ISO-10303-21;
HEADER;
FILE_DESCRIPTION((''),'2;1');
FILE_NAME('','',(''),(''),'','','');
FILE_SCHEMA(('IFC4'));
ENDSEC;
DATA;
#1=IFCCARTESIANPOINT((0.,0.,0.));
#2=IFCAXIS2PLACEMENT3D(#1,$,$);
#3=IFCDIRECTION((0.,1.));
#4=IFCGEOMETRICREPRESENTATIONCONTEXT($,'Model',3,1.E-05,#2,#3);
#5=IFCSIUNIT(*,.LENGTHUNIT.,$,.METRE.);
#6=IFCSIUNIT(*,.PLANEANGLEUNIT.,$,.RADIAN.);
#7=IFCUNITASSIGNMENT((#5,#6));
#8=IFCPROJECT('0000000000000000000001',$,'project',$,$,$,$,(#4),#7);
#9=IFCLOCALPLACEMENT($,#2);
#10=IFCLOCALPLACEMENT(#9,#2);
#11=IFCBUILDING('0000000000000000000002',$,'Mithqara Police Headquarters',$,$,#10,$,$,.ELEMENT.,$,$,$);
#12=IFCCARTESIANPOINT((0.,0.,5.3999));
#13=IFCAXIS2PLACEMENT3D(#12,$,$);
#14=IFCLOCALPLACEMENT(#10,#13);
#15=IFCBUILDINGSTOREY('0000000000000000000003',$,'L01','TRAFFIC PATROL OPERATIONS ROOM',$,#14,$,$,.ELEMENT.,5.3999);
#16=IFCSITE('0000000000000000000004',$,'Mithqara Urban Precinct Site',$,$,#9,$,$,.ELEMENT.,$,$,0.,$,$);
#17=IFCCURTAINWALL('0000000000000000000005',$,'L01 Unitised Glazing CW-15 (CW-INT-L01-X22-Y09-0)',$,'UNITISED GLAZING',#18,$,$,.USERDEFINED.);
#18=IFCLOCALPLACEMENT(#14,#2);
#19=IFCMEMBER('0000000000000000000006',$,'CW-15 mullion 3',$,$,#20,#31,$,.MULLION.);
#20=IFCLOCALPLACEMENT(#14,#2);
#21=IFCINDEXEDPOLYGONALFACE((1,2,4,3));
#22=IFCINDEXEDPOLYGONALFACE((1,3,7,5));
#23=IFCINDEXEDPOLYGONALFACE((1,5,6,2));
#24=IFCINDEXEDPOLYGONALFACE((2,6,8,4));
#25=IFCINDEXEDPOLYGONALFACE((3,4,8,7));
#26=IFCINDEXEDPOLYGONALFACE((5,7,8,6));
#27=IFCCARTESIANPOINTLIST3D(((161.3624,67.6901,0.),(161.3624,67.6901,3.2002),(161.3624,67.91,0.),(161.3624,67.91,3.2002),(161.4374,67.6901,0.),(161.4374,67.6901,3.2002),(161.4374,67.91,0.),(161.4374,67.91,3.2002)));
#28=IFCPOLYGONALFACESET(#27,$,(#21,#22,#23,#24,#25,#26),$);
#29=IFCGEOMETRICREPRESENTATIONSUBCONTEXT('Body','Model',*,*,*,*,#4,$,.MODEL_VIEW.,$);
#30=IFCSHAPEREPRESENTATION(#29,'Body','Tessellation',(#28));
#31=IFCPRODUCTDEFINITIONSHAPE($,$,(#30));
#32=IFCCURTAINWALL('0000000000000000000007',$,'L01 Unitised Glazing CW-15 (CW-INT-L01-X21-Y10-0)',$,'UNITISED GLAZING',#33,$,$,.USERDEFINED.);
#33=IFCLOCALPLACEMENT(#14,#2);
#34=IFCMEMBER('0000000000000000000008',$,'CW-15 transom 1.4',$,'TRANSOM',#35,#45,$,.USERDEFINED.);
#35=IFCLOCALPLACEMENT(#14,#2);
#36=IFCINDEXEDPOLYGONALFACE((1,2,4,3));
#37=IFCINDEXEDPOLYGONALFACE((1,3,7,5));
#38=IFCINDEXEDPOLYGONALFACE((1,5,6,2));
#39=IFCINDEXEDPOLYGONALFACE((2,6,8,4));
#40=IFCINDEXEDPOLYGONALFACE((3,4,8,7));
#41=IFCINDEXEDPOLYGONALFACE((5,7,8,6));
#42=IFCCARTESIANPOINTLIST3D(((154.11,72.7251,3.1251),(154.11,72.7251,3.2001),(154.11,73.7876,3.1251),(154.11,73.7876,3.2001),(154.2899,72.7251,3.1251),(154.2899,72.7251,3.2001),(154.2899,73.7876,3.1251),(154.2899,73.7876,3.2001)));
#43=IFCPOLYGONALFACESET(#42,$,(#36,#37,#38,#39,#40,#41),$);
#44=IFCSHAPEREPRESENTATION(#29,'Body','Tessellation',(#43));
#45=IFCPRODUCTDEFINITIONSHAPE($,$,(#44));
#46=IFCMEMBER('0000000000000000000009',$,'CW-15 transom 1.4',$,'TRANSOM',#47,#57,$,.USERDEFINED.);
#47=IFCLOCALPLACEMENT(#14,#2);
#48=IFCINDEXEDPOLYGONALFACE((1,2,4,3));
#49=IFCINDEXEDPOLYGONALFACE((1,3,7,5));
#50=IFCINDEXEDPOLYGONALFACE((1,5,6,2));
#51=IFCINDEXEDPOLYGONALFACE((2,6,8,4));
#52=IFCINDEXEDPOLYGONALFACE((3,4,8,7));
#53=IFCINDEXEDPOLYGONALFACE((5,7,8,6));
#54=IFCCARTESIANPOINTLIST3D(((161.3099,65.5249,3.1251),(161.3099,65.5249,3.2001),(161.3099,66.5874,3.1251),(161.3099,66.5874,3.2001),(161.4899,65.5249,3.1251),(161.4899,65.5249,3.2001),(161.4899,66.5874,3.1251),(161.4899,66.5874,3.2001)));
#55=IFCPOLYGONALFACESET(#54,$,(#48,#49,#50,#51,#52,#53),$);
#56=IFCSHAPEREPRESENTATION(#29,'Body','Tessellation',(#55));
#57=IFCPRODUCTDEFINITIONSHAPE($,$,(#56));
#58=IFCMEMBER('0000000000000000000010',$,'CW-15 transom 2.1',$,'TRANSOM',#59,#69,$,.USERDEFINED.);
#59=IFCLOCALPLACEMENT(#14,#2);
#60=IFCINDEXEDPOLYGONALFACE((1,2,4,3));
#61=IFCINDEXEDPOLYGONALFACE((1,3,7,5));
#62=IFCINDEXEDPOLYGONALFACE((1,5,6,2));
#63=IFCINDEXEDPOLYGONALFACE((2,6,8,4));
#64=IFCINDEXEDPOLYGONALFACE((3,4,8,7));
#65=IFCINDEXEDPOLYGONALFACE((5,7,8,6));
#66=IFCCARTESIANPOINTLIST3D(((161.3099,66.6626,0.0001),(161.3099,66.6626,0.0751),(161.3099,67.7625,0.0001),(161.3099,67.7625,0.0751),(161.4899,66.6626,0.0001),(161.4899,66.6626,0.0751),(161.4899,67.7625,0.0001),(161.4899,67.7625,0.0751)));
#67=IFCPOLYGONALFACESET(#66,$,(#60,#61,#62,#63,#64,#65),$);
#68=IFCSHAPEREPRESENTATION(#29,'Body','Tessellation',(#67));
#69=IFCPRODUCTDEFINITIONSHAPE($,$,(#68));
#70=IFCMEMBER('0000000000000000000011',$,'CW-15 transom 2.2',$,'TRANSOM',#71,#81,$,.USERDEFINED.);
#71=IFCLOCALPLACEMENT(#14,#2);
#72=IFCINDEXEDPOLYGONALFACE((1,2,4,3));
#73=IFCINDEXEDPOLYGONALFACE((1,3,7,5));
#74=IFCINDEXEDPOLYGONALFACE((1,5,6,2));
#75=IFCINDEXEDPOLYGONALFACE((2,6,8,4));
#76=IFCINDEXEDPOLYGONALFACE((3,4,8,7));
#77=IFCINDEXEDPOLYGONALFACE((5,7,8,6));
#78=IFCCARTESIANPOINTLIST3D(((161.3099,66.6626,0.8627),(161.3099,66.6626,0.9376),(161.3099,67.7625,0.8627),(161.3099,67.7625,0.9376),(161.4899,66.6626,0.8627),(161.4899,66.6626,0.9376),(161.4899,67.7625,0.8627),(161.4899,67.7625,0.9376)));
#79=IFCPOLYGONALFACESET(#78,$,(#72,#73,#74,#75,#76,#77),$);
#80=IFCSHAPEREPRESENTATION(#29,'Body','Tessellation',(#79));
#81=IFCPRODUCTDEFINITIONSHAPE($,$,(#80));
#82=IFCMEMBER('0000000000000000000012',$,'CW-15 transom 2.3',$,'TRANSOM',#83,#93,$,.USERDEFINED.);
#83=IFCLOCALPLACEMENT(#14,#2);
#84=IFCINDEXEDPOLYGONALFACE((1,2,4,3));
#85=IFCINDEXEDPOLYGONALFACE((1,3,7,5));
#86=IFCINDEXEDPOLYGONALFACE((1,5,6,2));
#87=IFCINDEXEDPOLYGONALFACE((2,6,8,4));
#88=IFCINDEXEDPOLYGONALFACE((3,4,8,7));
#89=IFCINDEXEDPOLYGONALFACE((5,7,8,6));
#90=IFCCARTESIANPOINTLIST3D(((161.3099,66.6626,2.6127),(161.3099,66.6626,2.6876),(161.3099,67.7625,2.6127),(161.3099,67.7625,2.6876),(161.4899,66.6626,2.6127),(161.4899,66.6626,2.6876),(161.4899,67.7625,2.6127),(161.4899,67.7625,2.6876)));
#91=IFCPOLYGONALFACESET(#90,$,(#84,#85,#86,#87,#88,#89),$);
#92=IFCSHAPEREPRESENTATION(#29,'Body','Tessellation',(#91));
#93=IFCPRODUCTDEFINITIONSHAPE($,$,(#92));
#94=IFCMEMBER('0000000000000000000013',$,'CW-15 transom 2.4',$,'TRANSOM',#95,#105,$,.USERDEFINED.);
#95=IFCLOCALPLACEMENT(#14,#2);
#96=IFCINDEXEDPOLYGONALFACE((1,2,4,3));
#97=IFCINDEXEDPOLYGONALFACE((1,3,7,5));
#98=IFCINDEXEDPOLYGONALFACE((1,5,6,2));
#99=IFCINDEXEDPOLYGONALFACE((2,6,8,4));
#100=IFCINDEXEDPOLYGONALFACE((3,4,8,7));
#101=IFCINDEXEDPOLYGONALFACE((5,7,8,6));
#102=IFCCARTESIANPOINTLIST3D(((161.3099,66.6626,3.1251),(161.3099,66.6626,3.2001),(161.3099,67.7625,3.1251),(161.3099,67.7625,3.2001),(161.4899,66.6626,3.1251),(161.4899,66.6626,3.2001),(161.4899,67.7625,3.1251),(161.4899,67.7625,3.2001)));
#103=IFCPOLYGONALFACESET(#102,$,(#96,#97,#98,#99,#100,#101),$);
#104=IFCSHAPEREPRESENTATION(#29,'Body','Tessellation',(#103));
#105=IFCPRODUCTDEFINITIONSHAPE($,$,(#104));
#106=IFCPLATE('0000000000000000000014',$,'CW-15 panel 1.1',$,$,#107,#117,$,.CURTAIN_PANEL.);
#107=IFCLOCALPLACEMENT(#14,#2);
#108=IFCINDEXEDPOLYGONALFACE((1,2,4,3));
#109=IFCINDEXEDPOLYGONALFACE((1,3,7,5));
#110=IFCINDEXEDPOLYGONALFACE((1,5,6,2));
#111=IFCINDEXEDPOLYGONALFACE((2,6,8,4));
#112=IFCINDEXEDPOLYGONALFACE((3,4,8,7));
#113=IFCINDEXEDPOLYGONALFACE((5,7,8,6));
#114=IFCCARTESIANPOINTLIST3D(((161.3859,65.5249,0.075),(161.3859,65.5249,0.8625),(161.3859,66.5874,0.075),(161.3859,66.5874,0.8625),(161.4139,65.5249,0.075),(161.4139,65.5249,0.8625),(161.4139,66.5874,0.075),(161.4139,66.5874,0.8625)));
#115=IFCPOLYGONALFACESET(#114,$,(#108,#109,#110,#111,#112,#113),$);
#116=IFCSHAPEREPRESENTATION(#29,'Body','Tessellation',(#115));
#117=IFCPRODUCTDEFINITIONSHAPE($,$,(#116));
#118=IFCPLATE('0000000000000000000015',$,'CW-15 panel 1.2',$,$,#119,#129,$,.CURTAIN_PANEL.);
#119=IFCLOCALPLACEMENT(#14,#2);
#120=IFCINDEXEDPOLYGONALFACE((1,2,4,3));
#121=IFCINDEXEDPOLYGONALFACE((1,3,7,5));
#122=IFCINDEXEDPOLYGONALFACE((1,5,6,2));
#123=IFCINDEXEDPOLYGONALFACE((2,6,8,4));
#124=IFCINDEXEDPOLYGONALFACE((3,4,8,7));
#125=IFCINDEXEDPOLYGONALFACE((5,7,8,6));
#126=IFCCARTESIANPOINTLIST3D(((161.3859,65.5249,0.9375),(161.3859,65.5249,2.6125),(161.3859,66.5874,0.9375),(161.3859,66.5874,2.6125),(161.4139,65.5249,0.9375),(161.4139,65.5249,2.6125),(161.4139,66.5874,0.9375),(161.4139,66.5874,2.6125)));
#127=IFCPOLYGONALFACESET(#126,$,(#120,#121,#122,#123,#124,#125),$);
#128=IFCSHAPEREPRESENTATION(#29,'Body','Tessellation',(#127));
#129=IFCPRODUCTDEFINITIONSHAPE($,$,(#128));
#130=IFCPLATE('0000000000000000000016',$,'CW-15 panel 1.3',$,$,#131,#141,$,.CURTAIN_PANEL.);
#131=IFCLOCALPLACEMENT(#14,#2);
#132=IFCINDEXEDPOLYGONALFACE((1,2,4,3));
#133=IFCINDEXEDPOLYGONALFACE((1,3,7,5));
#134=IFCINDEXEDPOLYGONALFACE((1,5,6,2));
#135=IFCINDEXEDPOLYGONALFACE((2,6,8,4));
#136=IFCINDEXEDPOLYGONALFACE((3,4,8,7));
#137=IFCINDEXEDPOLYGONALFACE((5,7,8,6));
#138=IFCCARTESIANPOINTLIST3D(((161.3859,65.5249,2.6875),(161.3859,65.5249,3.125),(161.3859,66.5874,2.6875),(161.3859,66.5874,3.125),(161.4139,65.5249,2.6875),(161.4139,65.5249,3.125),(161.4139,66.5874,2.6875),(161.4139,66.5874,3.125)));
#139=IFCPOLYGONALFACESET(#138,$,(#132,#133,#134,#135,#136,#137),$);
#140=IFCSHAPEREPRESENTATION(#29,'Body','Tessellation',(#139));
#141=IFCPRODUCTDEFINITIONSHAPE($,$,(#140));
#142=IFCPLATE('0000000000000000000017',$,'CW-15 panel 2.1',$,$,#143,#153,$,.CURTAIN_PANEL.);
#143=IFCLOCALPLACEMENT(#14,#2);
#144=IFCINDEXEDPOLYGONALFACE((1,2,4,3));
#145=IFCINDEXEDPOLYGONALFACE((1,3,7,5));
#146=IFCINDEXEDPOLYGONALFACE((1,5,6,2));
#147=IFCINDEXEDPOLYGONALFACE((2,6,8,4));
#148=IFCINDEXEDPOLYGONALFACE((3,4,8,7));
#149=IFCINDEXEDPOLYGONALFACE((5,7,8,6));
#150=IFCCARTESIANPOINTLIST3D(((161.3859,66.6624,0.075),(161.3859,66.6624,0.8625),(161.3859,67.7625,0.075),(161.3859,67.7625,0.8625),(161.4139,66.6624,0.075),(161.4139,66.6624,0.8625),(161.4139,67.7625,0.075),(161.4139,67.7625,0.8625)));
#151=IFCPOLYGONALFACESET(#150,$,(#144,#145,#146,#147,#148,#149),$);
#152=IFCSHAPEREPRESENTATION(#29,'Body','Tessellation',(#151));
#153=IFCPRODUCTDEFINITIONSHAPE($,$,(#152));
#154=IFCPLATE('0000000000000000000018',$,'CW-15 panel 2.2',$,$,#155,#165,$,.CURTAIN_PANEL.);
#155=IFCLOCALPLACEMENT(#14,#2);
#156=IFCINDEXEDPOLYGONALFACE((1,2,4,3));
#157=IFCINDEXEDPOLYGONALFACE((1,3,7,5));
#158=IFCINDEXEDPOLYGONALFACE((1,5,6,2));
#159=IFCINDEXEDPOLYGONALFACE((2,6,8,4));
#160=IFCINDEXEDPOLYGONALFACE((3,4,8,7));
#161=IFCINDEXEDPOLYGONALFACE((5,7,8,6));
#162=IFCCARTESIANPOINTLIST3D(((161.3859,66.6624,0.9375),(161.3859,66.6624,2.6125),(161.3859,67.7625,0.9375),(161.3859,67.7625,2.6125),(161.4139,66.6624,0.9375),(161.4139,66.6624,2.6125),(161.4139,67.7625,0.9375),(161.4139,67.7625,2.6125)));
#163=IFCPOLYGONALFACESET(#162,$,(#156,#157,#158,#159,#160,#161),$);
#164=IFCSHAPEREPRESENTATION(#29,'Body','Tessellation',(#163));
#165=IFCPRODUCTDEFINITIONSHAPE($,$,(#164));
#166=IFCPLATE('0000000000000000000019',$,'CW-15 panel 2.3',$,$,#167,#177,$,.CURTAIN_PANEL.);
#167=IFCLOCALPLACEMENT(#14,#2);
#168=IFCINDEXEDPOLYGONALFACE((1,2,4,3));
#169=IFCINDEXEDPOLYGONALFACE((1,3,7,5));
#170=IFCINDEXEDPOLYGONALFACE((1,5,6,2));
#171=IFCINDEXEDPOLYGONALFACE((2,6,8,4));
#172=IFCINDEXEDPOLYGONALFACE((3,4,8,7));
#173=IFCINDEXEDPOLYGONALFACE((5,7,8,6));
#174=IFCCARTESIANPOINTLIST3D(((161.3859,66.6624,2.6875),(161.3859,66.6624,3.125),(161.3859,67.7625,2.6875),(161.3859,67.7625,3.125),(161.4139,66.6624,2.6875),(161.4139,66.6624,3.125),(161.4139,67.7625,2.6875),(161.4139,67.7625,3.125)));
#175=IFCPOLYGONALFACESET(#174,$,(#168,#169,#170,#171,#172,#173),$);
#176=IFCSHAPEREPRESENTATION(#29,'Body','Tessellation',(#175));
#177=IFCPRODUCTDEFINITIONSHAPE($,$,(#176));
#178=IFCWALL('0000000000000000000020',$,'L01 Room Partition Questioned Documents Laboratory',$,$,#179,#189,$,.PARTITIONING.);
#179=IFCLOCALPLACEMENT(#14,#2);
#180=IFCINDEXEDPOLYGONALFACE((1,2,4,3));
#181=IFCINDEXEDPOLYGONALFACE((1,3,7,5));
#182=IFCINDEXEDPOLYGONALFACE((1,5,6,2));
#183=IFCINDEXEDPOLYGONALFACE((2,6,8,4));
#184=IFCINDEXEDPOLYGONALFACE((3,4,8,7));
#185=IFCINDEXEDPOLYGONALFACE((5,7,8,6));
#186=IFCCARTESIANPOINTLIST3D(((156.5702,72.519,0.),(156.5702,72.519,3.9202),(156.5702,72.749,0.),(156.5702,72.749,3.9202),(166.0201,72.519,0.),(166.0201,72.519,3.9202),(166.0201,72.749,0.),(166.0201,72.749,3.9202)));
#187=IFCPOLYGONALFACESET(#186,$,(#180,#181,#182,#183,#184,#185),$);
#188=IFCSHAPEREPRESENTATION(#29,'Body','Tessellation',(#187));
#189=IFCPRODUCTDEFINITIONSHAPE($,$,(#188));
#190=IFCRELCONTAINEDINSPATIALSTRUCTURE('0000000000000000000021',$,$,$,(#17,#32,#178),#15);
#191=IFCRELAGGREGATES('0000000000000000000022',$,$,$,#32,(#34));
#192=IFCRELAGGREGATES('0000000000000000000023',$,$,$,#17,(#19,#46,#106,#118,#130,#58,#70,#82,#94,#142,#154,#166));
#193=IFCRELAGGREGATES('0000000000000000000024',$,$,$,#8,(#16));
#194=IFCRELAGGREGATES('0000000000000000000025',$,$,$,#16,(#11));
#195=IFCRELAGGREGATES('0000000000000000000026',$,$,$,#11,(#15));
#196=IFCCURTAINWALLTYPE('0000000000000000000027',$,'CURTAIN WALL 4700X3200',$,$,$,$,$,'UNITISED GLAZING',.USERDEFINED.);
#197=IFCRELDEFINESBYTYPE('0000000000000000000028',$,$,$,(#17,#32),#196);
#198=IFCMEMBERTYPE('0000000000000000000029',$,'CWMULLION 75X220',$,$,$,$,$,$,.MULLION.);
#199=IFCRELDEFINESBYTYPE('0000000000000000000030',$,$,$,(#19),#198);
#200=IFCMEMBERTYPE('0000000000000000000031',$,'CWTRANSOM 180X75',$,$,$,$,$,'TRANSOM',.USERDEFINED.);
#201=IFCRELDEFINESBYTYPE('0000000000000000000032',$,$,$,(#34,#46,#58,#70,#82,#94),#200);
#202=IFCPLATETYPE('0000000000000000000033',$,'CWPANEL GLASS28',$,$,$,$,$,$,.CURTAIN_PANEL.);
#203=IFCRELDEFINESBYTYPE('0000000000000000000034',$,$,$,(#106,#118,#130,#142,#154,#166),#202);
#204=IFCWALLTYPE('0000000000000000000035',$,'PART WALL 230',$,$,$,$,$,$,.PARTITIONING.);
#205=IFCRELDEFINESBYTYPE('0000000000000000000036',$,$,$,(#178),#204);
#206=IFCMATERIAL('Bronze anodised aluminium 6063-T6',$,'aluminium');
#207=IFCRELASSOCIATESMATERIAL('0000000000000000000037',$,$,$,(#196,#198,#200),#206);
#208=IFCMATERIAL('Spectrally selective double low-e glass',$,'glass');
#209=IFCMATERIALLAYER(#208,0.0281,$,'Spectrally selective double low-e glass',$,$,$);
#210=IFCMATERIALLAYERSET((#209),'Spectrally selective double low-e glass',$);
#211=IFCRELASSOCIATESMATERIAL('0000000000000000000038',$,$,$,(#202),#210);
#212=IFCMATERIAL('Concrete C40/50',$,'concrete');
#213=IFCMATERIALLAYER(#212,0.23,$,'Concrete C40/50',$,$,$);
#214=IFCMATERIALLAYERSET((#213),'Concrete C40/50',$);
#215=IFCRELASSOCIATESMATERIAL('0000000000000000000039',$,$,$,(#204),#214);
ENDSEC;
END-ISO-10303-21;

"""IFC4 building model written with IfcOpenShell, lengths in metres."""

from ifc_helpers import new_model, si_unit, direction, frame, frame_2d, origin, origin_2d, place, context, subcontext, project, spatial, rectangle, extrude, material, layer, layer_set, material_profile, profile_set, type_object, element, aggregate, save


model = new_model("IFC4")

# Units and contexts
model_context = context("Model", 3, precision=1e-05, world=origin(), true_north=direction((0.0, 1.0)))
body_context = subcontext(model_context, "Body", "Model", "MODEL_VIEW")
ifc_project = project(units=[si_unit("LENGTHUNIT", "METRE"), si_unit("PLANEANGLEUNIT", "RADIAN")], contexts=[model_context])

# Site, building, storey
site_placement = place(None, origin())
site = spatial("IfcSite", under=ifc_project, at=site_placement, Name="Mithqara Urban Precinct Site", CompositionType="ELEMENT", RefElevation=0.0)
building_placement = place(site_placement, origin())
building = spatial("IfcBuilding", under=site, at=building_placement, Name="Mithqara Police Headquarters", CompositionType="ELEMENT")
storey_placement = place(building_placement, frame((0.0, 0.0, 5.3999)))
storey = spatial("IfcBuildingStorey", under=building, at=storey_placement, Name="L01", Description="TRAFFIC PATROL OPERATIONS ROOM", CompositionType="ELEMENT", Elevation=5.3999)

# Shared definitions
ifc_material_1 = material(Name="Concrete C40/50", Category="concrete")

# Curtain wall, member
ifc_material_2 = material(Name="Bronze anodised aluminium 6063-T6", Category="aluminium")
curtain_wall_type = type_object("IfcCurtainWallType", Name="CURTAIN WALL 4700X3200", ElementType="UNITISED GLAZING", PredefinedType="USERDEFINED", material=ifc_material_2)
curtain_wall_1_placement = place(storey_placement, origin())
curtain_wall_1 = element("IfcCurtainWall", 1, at=curtain_wall_1_placement, inside=storey, type_object=curtain_wall_type, Name="L01 Unitised Glazing CW-15 (CW-INT-L01-X22-Y09-0)", ObjectType="UNITISED GLAZING", PredefinedType="USERDEFINED")
ifc_material_profile_1 = material_profile(ifc_material_2, rectangle(XDim=0.075, YDim=0.22, at=origin_2d()), Name="CWM 75x220")
ifc_profile_set_1 = profile_set([ifc_material_profile_1], Name="Bronze anodised aluminium 6063-T6")
member_type_1 = type_object("IfcMemberType", Name="CWMULLION 75X220", PredefinedType="MULLION", material=ifc_profile_set_1)
member_1_placement = place(storey_placement, frame((161.3999, 67.8, 0.0), z_axis=(0.0, 0.0, 1.0), x_axis=(-1.0, 0.0, 0.0)))
member_1 = element("IfcMember", 2, at=member_1_placement, type_object=member_type_1, Name="CW-15 mullion 3", PredefinedType="MULLION", context=body_context, shape_type="SweptSolid", body=[
    extrude(rectangle(XDim=0.075, YDim=0.22, at=origin_2d()), origin(), (0.0, 0.0, 1.0), 3.2002),
])

# Curtain wall, member
curtain_wall_2_placement = place(storey_placement, origin())
curtain_wall_2 = element("IfcCurtainWall", 3, at=curtain_wall_2_placement, inside=storey, type_object=curtain_wall_type, Name="L01 Unitised Glazing CW-15 (CW-INT-L01-X21-Y10-0)", ObjectType="UNITISED GLAZING", PredefinedType="USERDEFINED")
ifc_material_profile_2 = material_profile(ifc_material_2, rectangle(XDim=0.1799, YDim=0.075, at=origin_2d()), Name="CWT 180x75")
ifc_profile_set_2 = profile_set([ifc_material_profile_2], Name="Bronze anodised aluminium 6063-T6")
member_type_2 = type_object("IfcMemberType", Name="CWTRANSOM 180X75", ElementType="TRANSOM", PredefinedType="USERDEFINED", material=ifc_profile_set_2)
member_2_placement = place(storey_placement, frame((154.2, 72.7251, 3.1626), z_axis=(0.0, 1.0, 0.0), x_axis=(-1.0, 0.0, 0.0)))
member_2 = element("IfcMember", 4, at=member_2_placement, type_object=member_type_2, Name="CW-15 transom 1.4", ObjectType="TRANSOM", PredefinedType="USERDEFINED", context=body_context, shape_type="SweptSolid", body=[
    extrude(rectangle(XDim=0.1799, YDim=0.075, at=origin_2d()), origin(), (0.0, 0.0, 1.0), 1.0625),
])
aggregate(curtain_wall_2, [member_2])

# Members
member_3_placement = place(storey_placement, frame((161.3999, 65.5249, 3.1626), z_axis=(0.0, 1.0, 0.0), x_axis=(-1.0, 0.0, 0.0)))
member_3 = element("IfcMember", 5, at=member_3_placement, type_object=member_type_2, Name="CW-15 transom 1.4", ObjectType="TRANSOM", PredefinedType="USERDEFINED", context=body_context, shape_type="SweptSolid", body=[
    extrude(rectangle(XDim=0.1799, YDim=0.075, at=origin_2d()), origin(), (0.0, 0.0, 1.0), 1.0625),
])
member_4_placement = place(storey_placement, frame((161.3999, 66.6626, 0.0376), z_axis=(0.0, 1.0, 0.0), x_axis=(-1.0, 0.0, 0.0)))
member_4 = element("IfcMember", 6, at=member_4_placement, type_object=member_type_2, Name="CW-15 transom 2.1", ObjectType="TRANSOM", PredefinedType="USERDEFINED", context=body_context, shape_type="SweptSolid", body=[
    extrude(rectangle(XDim=0.1799, YDim=0.075, at=origin_2d()), origin(), (0.0, 0.0, 1.0), 1.0999),
])
member_5_placement = place(storey_placement, frame((161.3999, 66.6626, 0.9001), z_axis=(0.0, 1.0, 0.0), x_axis=(-1.0, 0.0, 0.0)))
member_5 = element("IfcMember", 7, at=member_5_placement, type_object=member_type_2, Name="CW-15 transom 2.2", ObjectType="TRANSOM", PredefinedType="USERDEFINED", context=body_context, shape_type="SweptSolid", body=[
    extrude(rectangle(XDim=0.1799, YDim=0.075, at=origin_2d()), origin(), (0.0, 0.0, 1.0), 1.0999),
])
member_6_placement = place(storey_placement, frame((161.3999, 66.6626, 2.6501), z_axis=(0.0, 1.0, 0.0), x_axis=(-1.0, 0.0, 0.0)))
member_6 = element("IfcMember", 8, at=member_6_placement, type_object=member_type_2, Name="CW-15 transom 2.3", ObjectType="TRANSOM", PredefinedType="USERDEFINED", context=body_context, shape_type="SweptSolid", body=[
    extrude(rectangle(XDim=0.1799, YDim=0.075, at=origin_2d()), origin(), (0.0, 0.0, 1.0), 1.0999),
])
member_7_placement = place(storey_placement, frame((161.3999, 66.6626, 3.1626), z_axis=(0.0, 1.0, 0.0), x_axis=(-1.0, 0.0, 0.0)))
member_7 = element("IfcMember", 9, at=member_7_placement, type_object=member_type_2, Name="CW-15 transom 2.4", ObjectType="TRANSOM", PredefinedType="USERDEFINED", context=body_context, shape_type="SweptSolid", body=[
    extrude(rectangle(XDim=0.1799, YDim=0.075, at=origin_2d()), origin(), (0.0, 0.0, 1.0), 1.0999),
])

# Plates
ifc_material_3 = material(Name="Spectrally selective double low-e glass", Category="glass")
ifc_layer_1 = layer(ifc_material_3, 0.0281, Name="Spectrally selective double low-e glass")
ifc_layer_set_1 = layer_set([ifc_layer_1], Name="Spectrally selective double low-e glass")
plate_type = type_object("IfcPlateType", Name="CWPANEL GLASS28", PredefinedType="CURTAIN_PANEL", material=ifc_layer_set_1)
plate_1_placement = place(storey_placement, frame((161.3999, 66.0562, 0.075), z_axis=(0.0, 0.0, 1.0), x_axis=(0.0, 1.0, 0.0)))
plate_1 = element("IfcPlate", 10, at=plate_1_placement, type_object=plate_type, Name="CW-15 panel 1.1", PredefinedType="CURTAIN_PANEL", context=body_context, shape_type="SweptSolid", body=[
    extrude(rectangle(XDim=1.0625, YDim=0.0281, at=origin_2d()), origin(), (0.0, 0.0, 1.0), 0.7876),
])
plate_2_placement = place(storey_placement, frame((161.3999, 66.0562, 0.9375), z_axis=(0.0, 0.0, 1.0), x_axis=(0.0, 1.0, 0.0)))
plate_2 = element("IfcPlate", 11, at=plate_2_placement, type_object=plate_type, Name="CW-15 panel 1.2", PredefinedType="CURTAIN_PANEL", context=body_context, shape_type="SweptSolid", body=[
    extrude(rectangle(XDim=1.0625, YDim=0.0281, at=origin_2d()), origin(), (0.0, 0.0, 1.0), 1.675),
])
plate_3_placement = place(storey_placement, frame((161.3999, 66.0562, 2.6875), z_axis=(0.0, 0.0, 1.0), x_axis=(0.0, 1.0, 0.0)))
plate_3 = element("IfcPlate", 12, at=plate_3_placement, type_object=plate_type, Name="CW-15 panel 1.3", PredefinedType="CURTAIN_PANEL", context=body_context, shape_type="SweptSolid", body=[
    extrude(rectangle(XDim=1.0625, YDim=0.0281, at=origin_2d()), origin(), (0.0, 0.0, 1.0), 0.4375),
])
plate_4_placement = place(storey_placement, frame((161.3999, 67.2124, 0.075), z_axis=(0.0, 0.0, 1.0), x_axis=(0.0, 1.0, 0.0)))
plate_4 = element("IfcPlate", 13, at=plate_4_placement, type_object=plate_type, Name="CW-15 panel 2.1", PredefinedType="CURTAIN_PANEL", context=body_context, shape_type="SweptSolid", body=[
    extrude(rectangle(XDim=1.1001, YDim=0.0281, at=origin_2d()), origin(), (0.0, 0.0, 1.0), 0.7876),
])
plate_5_placement = place(storey_placement, frame((161.3999, 67.2124, 0.9375), z_axis=(0.0, 0.0, 1.0), x_axis=(0.0, 1.0, 0.0)))
plate_5 = element("IfcPlate", 14, at=plate_5_placement, type_object=plate_type, Name="CW-15 panel 2.2", PredefinedType="CURTAIN_PANEL", context=body_context, shape_type="SweptSolid", body=[
    extrude(rectangle(XDim=1.1001, YDim=0.0281, at=origin_2d()), origin(), (0.0, 0.0, 1.0), 1.675),
])
plate_6_placement = place(storey_placement, frame((161.3999, 67.2124, 2.6875), z_axis=(0.0, 0.0, 1.0), x_axis=(0.0, 1.0, 0.0)))
plate_6 = element("IfcPlate", 15, at=plate_6_placement, type_object=plate_type, Name="CW-15 panel 2.3", PredefinedType="CURTAIN_PANEL", context=body_context, shape_type="SweptSolid", body=[
    extrude(rectangle(XDim=1.1001, YDim=0.0281, at=origin_2d()), origin(), (0.0, 0.0, 1.0), 0.4375),
])
aggregate(curtain_wall_1, [member_1, member_3, plate_1, plate_2, plate_3, member_4, member_5, member_6, member_7, plate_4, plate_5, plate_6])

# Wall
ifc_layer_2 = layer(ifc_material_1, 0.23, Name="Concrete C40/50")
ifc_layer_set_2 = layer_set([ifc_layer_2], Name="Concrete C40/50")
wall_type = type_object("IfcWallType", Name="PART WALL 230", PredefinedType="PARTITIONING", material=ifc_layer_set_2)
wall_1_placement = place(storey_placement, frame((156.5701, 72.634, 0.0), z_axis=(0.0, 0.0, 1.0), x_axis=(1.0, 0.0, 0.0)))
element("IfcWall", 16, at=wall_1_placement, inside=storey, type_object=wall_type, Name="L01 Room Partition Questioned Documents Laboratory", PredefinedType="PARTITIONING", context=body_context, shape_type="SweptSolid", body=[
    extrude(rectangle(XDim=9.45, YDim=0.23, at=frame_2d((4.7251, 0.0))), origin(), (0.0, 0.0, 1.0), 3.9202),
])

save(model, "model.ifc")
